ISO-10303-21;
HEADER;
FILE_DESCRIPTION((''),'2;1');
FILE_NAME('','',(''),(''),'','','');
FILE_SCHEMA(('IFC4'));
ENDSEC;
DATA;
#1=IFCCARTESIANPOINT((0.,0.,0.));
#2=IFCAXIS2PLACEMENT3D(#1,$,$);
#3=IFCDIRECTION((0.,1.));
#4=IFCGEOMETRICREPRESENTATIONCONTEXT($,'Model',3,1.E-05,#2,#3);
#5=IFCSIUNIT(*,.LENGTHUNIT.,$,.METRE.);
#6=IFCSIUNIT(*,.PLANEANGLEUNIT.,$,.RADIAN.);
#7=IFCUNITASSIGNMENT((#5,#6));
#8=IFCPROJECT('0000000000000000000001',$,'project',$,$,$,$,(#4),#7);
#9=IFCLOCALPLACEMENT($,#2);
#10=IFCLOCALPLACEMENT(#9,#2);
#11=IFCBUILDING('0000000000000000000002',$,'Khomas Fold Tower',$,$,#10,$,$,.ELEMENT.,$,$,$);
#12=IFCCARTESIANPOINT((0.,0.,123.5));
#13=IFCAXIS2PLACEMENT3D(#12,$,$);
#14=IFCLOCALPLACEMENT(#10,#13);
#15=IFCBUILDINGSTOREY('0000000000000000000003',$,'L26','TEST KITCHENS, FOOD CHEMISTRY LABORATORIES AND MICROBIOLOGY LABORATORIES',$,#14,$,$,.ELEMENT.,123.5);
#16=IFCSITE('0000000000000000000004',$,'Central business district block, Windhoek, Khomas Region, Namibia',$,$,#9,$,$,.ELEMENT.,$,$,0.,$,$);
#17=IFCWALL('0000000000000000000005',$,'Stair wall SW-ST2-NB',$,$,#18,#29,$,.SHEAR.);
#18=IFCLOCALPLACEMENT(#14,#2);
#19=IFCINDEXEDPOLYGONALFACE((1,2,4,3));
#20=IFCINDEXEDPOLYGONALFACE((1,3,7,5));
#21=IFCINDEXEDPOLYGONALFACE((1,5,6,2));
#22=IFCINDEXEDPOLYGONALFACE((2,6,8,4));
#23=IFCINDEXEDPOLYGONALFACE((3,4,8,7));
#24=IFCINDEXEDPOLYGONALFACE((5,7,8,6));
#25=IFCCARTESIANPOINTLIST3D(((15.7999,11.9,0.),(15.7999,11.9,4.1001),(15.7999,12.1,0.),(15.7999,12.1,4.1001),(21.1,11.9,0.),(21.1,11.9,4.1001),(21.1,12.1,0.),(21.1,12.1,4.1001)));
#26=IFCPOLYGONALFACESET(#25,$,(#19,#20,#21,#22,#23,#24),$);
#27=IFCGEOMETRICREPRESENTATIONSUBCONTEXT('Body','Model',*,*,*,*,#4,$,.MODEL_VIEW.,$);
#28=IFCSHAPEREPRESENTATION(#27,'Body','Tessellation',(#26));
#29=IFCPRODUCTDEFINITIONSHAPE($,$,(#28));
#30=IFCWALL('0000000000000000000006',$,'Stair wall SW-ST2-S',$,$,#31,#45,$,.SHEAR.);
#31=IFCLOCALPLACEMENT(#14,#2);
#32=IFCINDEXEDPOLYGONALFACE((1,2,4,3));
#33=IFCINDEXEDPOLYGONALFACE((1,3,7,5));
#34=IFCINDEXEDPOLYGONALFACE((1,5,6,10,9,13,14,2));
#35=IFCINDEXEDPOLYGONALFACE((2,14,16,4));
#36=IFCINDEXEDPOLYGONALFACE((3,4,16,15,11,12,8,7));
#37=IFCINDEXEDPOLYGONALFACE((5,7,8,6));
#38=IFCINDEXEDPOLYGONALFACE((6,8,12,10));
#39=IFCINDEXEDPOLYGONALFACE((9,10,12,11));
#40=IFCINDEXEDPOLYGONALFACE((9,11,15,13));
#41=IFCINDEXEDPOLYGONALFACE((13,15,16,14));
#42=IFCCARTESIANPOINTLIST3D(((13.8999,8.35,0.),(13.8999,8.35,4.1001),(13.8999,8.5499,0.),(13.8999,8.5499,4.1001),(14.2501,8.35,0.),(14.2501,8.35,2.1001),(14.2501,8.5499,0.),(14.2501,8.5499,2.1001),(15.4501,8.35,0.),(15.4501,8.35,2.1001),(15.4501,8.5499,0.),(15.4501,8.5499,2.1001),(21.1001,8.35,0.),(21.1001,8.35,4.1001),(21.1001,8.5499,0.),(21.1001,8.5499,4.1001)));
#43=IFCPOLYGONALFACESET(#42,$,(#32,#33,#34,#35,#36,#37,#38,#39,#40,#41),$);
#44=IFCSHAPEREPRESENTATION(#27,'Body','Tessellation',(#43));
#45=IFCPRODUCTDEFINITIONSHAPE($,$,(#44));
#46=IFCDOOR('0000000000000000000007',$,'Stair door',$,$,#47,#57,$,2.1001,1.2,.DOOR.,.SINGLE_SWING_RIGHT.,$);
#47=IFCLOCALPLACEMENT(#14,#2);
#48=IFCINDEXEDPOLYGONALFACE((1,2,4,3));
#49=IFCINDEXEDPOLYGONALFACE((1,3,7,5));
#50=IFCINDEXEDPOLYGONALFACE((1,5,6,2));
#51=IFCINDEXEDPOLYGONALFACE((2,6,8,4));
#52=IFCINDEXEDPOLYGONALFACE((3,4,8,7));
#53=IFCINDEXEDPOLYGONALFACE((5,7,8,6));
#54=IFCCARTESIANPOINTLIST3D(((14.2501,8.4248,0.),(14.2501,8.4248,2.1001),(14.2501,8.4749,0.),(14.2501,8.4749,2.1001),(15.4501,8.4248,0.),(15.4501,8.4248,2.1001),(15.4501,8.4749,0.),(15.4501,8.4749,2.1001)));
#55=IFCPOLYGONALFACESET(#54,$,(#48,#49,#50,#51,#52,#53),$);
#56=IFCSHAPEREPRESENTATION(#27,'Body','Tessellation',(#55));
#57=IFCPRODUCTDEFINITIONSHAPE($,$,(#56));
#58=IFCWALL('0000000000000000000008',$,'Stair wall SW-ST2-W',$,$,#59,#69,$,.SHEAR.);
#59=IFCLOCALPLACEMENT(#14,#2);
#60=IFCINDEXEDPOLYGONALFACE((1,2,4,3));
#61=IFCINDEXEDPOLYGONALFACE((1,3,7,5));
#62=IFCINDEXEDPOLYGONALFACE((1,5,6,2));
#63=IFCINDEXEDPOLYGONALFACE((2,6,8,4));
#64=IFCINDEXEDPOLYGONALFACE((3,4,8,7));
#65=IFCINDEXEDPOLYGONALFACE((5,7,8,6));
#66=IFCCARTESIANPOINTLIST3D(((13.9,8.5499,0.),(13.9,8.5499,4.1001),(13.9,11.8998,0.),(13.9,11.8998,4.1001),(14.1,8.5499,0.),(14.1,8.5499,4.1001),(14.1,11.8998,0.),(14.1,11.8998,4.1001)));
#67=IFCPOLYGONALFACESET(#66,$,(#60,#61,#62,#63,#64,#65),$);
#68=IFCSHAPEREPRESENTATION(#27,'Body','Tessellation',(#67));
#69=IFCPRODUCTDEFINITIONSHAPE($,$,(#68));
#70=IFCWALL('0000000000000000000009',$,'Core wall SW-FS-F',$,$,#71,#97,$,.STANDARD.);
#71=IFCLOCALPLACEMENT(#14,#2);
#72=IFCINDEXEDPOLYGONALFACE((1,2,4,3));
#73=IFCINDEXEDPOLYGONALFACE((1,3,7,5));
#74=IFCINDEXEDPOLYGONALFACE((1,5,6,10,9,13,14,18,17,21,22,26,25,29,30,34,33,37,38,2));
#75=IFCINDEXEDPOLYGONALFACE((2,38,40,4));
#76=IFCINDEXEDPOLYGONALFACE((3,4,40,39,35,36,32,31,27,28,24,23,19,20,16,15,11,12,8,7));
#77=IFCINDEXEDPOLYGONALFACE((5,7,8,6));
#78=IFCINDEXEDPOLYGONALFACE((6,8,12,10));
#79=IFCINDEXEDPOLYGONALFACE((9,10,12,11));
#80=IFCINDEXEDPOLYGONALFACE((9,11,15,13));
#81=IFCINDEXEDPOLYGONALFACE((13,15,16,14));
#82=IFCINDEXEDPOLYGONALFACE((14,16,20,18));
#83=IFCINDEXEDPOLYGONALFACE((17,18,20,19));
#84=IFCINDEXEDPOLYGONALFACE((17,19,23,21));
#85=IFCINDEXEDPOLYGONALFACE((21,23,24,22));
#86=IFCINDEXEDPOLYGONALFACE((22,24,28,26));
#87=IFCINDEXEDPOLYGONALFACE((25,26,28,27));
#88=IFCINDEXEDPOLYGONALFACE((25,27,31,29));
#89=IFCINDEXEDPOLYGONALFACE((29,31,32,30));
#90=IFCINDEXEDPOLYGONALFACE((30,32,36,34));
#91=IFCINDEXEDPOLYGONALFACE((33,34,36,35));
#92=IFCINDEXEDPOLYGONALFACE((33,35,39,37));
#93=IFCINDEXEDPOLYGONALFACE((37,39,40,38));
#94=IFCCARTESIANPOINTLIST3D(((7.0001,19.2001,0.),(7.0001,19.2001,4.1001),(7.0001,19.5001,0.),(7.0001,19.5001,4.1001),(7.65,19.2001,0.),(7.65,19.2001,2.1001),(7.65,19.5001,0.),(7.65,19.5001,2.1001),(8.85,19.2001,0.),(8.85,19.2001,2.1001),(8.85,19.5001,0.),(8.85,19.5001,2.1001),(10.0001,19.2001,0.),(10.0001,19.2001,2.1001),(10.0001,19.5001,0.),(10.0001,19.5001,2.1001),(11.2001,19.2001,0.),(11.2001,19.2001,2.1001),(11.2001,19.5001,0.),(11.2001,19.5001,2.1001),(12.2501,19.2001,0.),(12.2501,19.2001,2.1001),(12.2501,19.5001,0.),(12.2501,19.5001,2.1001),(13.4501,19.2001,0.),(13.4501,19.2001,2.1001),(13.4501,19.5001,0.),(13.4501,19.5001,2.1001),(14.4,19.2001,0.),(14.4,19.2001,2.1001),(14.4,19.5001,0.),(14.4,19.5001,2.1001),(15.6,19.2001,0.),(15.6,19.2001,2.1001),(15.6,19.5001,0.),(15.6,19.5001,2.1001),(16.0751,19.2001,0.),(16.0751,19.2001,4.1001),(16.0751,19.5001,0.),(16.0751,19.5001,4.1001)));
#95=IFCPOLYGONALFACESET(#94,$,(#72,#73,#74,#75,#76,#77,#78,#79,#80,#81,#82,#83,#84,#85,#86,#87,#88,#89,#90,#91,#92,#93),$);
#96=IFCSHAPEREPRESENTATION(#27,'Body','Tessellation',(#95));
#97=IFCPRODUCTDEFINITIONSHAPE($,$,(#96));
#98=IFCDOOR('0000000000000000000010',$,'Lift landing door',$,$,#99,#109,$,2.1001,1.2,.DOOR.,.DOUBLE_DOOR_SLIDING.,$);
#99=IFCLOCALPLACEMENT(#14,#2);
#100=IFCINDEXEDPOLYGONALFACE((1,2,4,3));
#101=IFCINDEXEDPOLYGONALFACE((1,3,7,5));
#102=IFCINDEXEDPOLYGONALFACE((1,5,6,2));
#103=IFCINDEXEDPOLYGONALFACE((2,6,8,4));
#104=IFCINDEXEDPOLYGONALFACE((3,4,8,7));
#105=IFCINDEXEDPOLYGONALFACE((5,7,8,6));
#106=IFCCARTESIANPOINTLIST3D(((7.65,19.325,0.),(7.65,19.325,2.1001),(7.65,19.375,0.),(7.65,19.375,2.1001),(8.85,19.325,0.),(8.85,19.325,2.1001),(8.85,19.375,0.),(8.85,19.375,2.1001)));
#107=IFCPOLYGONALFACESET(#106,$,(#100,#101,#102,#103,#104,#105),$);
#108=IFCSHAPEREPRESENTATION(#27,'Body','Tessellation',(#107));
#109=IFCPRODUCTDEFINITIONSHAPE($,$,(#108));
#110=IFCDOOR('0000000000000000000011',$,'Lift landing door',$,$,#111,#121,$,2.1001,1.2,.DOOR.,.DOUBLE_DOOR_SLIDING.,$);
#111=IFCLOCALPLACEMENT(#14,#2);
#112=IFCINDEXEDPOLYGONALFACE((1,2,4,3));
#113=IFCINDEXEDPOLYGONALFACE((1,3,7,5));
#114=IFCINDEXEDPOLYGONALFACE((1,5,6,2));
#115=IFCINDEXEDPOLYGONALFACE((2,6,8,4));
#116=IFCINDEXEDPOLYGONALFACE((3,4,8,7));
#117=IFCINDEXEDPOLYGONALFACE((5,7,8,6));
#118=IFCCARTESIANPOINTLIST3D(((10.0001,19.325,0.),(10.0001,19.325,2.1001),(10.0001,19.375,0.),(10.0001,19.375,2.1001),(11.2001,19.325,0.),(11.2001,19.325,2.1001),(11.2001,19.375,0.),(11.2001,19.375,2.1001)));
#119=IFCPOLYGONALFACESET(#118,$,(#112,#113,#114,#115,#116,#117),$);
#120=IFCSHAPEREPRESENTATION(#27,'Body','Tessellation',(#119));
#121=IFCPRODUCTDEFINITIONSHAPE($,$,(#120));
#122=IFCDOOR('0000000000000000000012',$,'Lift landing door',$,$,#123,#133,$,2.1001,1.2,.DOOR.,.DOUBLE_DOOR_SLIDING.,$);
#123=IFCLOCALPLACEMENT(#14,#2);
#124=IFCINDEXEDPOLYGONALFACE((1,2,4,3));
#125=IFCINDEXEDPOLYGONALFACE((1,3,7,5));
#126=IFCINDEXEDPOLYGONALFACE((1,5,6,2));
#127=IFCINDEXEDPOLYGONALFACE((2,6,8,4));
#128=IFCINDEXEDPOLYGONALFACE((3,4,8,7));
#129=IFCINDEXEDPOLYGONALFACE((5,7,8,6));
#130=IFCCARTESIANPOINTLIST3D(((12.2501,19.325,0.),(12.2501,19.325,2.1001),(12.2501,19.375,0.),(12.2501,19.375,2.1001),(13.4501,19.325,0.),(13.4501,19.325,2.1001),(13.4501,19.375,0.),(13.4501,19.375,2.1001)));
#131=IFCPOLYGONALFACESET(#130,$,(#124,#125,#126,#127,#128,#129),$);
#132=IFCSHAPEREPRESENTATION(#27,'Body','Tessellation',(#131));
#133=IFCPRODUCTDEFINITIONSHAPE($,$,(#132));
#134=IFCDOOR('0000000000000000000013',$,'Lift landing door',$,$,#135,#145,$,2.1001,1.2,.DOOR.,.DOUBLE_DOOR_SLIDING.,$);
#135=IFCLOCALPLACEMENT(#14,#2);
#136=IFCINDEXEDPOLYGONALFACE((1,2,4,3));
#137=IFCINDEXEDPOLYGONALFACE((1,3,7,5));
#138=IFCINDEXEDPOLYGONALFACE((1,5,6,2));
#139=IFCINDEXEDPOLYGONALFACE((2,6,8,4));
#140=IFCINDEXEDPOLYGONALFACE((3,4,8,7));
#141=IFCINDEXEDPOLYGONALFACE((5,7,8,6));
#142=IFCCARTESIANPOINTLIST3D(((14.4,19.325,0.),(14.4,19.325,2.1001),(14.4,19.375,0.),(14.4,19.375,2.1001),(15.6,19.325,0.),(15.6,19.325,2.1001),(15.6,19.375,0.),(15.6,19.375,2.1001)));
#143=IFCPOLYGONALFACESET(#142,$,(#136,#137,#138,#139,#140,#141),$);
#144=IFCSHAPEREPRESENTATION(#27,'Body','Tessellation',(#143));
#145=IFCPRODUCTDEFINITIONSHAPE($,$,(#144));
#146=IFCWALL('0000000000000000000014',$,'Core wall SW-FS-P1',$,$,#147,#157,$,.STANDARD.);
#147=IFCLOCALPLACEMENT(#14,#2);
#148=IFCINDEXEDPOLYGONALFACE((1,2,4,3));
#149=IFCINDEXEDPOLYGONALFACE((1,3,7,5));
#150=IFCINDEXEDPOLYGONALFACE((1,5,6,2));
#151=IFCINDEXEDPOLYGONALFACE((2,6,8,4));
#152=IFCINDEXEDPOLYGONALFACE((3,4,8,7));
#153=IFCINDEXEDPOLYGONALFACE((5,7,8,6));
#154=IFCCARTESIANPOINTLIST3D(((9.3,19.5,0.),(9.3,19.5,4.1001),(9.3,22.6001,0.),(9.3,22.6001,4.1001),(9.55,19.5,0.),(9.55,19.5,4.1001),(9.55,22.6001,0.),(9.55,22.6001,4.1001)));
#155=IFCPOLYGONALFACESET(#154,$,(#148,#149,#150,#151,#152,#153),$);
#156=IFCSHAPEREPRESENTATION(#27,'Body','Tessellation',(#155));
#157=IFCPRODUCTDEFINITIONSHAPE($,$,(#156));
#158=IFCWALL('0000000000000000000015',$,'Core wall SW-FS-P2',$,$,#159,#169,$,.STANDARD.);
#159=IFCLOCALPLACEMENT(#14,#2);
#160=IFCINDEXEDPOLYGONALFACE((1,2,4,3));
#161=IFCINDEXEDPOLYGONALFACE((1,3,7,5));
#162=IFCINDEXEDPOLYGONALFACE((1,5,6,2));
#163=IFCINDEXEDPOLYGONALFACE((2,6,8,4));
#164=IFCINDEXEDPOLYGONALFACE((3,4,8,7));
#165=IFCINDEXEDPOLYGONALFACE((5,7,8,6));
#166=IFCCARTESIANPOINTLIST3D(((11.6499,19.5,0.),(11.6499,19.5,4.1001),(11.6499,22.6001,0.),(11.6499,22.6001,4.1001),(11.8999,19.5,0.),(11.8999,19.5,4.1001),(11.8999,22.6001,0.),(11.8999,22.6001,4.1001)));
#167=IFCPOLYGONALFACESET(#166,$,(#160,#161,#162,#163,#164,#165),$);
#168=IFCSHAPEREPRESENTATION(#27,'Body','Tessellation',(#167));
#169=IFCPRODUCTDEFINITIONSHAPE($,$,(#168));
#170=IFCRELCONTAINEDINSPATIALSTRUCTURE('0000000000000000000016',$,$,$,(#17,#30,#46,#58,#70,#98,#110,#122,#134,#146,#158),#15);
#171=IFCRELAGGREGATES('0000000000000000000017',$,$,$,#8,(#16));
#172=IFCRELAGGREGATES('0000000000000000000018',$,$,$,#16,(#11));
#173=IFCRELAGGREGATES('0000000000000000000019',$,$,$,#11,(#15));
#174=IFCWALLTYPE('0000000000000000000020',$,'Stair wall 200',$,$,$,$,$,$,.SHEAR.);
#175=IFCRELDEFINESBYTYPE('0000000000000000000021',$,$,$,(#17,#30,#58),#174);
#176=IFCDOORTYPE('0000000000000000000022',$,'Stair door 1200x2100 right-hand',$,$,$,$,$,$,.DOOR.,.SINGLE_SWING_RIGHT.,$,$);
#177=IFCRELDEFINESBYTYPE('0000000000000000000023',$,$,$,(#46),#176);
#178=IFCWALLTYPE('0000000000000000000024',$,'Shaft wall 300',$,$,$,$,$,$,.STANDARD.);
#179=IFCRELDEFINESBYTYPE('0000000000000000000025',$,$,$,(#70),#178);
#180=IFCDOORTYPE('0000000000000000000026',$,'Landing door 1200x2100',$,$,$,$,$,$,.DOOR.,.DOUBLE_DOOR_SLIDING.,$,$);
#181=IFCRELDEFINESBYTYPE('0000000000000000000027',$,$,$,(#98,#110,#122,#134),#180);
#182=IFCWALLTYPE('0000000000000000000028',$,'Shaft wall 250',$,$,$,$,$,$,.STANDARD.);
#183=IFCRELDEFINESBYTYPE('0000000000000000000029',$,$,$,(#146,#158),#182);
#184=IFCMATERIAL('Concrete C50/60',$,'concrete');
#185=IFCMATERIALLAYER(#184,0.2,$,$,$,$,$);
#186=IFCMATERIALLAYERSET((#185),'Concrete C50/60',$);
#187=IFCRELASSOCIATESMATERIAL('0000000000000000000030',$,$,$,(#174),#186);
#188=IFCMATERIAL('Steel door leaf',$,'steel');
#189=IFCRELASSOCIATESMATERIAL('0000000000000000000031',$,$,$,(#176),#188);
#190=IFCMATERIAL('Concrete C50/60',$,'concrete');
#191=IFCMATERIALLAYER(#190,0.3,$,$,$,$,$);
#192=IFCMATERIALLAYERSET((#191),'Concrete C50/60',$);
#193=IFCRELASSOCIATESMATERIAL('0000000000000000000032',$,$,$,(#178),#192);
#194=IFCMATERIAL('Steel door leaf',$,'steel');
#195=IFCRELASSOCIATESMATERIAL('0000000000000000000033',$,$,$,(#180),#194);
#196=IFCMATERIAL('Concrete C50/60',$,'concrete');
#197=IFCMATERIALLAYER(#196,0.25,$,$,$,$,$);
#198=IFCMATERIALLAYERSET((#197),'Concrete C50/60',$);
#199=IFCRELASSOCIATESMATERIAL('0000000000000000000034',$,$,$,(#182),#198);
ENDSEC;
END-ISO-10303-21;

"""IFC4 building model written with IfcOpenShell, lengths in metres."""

from ifc_helpers import new_model, si_unit, direction, frame, frame_2d, origin, place, context, subcontext, project, spatial, rectangle, extrude, source, transform, mapped, material, layer, layer_set, type_object, element, fill, save


model = new_model("IFC4")

# Units and contexts
model_context = context("Model", 3, precision=1e-05, world=origin(), true_north=direction((0.0, 1.0)))
body_context = subcontext(model_context, "Body", "Model", "MODEL_VIEW")
ifc_project = project(units=[si_unit("LENGTHUNIT", "METRE"), si_unit("PLANEANGLEUNIT", "RADIAN")], contexts=[model_context])

# Site, building, storey
site_placement = place(None, origin())
site = spatial("IfcSite", under=ifc_project, at=site_placement, Name="Central business district block, Windhoek, Khomas Region, Namibia", CompositionType="ELEMENT", RefElevation=0.0)
building_placement = place(site_placement, origin())
building = spatial("IfcBuilding", under=site, at=building_placement, Name="Khomas Fold Tower", CompositionType="ELEMENT")
storey_placement = place(building_placement, frame((0.0, 0.0, 123.5)))
storey = spatial("IfcBuildingStorey", under=building, at=storey_placement, Name="L26", Description="TEST KITCHENS, FOOD CHEMISTRY LABORATORIES AND MICROBIOLOGY LABORATORIES", CompositionType="ELEMENT", Elevation=123.5)

# Wall
ifc_material_1 = material(Name="Concrete C50/60", Category="concrete")
ifc_layer_1 = layer(ifc_material_1, 0.2)
ifc_layer_set_1 = layer_set([ifc_layer_1], Name="Concrete C50/60")
wall_type_1 = type_object("IfcWallType", Name="Stair wall 200", PredefinedType="SHEAR", material=ifc_layer_set_1)
shared_shape_1 = source(origin(), body_context, "Body", "SweptSolid", [
    extrude(rectangle(XDim=5.3, YDim=0.2, at=frame_2d((2.6499, 0.0))), origin(), (0.0, 0.0, 1.0), 4.1001),
])
wall_1_placement = place(storey_placement, frame((15.8, 12.0, 0.0), z_axis=(0.0, 0.0, 1.0), x_axis=(1.0, 0.0, 0.0)))
element("IfcWall", 1, at=wall_1_placement, inside=storey, type_object=wall_type_1, Name="Stair wall SW-ST2-NB", PredefinedType="SHEAR", context=body_context, shape_type="MappedRepresentation", body=[
    mapped(shared_shape_1, transform((0.0, 0.0, 0.0))),
])

# Wall, opening, door
shared_shape_2 = source(origin(), body_context, "Body", "SweptSolid", [
    extrude(rectangle(XDim=7.2002, YDim=0.2, at=frame_2d((3.6001, 0.0))), origin(), (0.0, 0.0, 1.0), 4.1001),
])
wall_2_placement = place(storey_placement, frame((13.8999, 8.45, 0.0), z_axis=(0.0, 0.0, 1.0), x_axis=(1.0, 0.0, 0.0)))
wall_2 = element("IfcWall", 2, at=wall_2_placement, inside=storey, type_object=wall_type_1, Name="Stair wall SW-ST2-S", PredefinedType="SHEAR", context=body_context, shape_type="MappedRepresentation", body=[
    mapped(shared_shape_2, transform((0.0, 0.0, 0.0))),
])
shared_shape_3 = source(origin(), body_context, "Body", "SweptSolid", [
    extrude(rectangle(XDim=1.2, YDim=2.1001, at=frame_2d((0.6001, 1.05))), frame((0.0, 0.1099, 0.0), z_axis=(0.0, -1.0, 0.0), x_axis=(1.0, 0.0, 0.0)), (0.0, 0.0, 1.0), 0.22),
])
opening_1_placement = place(wall_2_placement, frame((0.3501, 0.0, 0.0)))
opening_1 = element("IfcOpeningElement", 3, at=opening_1_placement, cuts=wall_2, PredefinedType="OPENING", context=body_context, shape_type="MappedRepresentation", body=[
    mapped(shared_shape_3, transform((0.0, 0.0, 0.0))),
])
ifc_material_2 = material(Name="Steel door leaf", Category="steel")
door_type_1 = type_object("IfcDoorType", Name="Stair door 1200x2100 right-hand", OperationType="SINGLE_SWING_RIGHT", PredefinedType="DOOR", material=ifc_material_2)
shared_shape_4 = source(origin(), body_context, "Body", "SweptSolid", [
    extrude(rectangle(XDim=1.2, YDim=2.1001, at=frame_2d((0.6001, 1.05))), frame((0.0, 0.0249, 0.0), z_axis=(0.0, -1.0, 0.0), x_axis=(1.0, 0.0, 0.0)), (0.0, 0.0, 1.0), 0.05),
])
door_1_placement = place(opening_1_placement, origin())
door_1 = element("IfcDoor", 4, at=door_1_placement, inside=storey, type_object=door_type_1, Name="Stair door", OperationType="SINGLE_SWING_RIGHT", OverallHeight=2.1001, OverallWidth=1.2, PredefinedType="DOOR", context=body_context, shape_type="MappedRepresentation", body=[
    mapped(shared_shape_4, transform((0.0, 0.0, 0.0))),
])
fill(opening_1, door_1)

# Wall
shared_shape_5 = source(origin(), body_context, "Body", "SweptSolid", [
    extrude(rectangle(XDim=3.3499, YDim=0.2, at=frame_2d((1.6748, 0.0))), origin(), (0.0, 0.0, 1.0), 4.1001),
])
wall_3_placement = place(storey_placement, frame((14.0, 8.55, 0.0), z_axis=(0.0, 0.0, 1.0), x_axis=(0.0, 1.0, 0.0)))
element("IfcWall", 5, at=wall_3_placement, inside=storey, type_object=wall_type_1, Name="Stair wall SW-ST2-W", PredefinedType="SHEAR", context=body_context, shape_type="MappedRepresentation", body=[
    mapped(shared_shape_5, transform((0.0, 0.0, 0.0))),
])

# Wall, openings, doors
ifc_material_3 = material(Name="Concrete C50/60", Category="concrete")
ifc_layer_2 = layer(ifc_material_3, 0.3)
ifc_layer_set_2 = layer_set([ifc_layer_2], Name="Concrete C50/60")
wall_type_2 = type_object("IfcWallType", Name="Shaft wall 300", PredefinedType="STANDARD", material=ifc_layer_set_2)
shared_shape_6 = source(origin(), body_context, "Body", "SweptSolid", [
    extrude(rectangle(XDim=9.075, YDim=0.3, at=frame_2d((4.5376, 0.0))), origin(), (0.0, 0.0, 1.0), 4.1001),
])
wall_4_placement = place(storey_placement, frame((7.0, 19.3501, 0.0), z_axis=(0.0, 0.0, 1.0), x_axis=(1.0, 0.0, 0.0)))
wall_4 = element("IfcWall", 6, at=wall_4_placement, inside=storey, type_object=wall_type_2, Name="Core wall SW-FS-F", PredefinedType="STANDARD", context=body_context, shape_type="MappedRepresentation", body=[
    mapped(shared_shape_6, transform((0.0, 0.0, 0.0))),
])
shared_shape_7 = source(origin(), body_context, "Body", "SweptSolid", [
    extrude(rectangle(XDim=1.2, YDim=2.1001, at=frame_2d((0.6001, 1.05))), frame((0.0, 0.1599, 0.0), z_axis=(0.0, -1.0, 0.0), x_axis=(1.0, 0.0, 0.0)), (0.0, 0.0, 1.0), 0.3201),
])
opening_2_placement = place(wall_4_placement, frame((0.6499, 0.0, 0.0)))
opening_2 = element("IfcOpeningElement", 7, at=opening_2_placement, cuts=wall_4, PredefinedType="OPENING", context=body_context, shape_type="MappedRepresentation", body=[
    mapped(shared_shape_7, transform((0.0, 0.0, 0.0))),
])
opening_3_placement = place(wall_4_placement, frame((3.0, 0.0, 0.0)))
opening_3 = element("IfcOpeningElement", 8, at=opening_3_placement, cuts=wall_4, PredefinedType="OPENING", context=body_context, shape_type="MappedRepresentation", body=[
    mapped(shared_shape_7, transform((0.0, 0.0, 0.0))),
])
opening_4_placement = place(wall_4_placement, frame((5.25, 0.0, 0.0)))
opening_4 = element("IfcOpeningElement", 9, at=opening_4_placement, cuts=wall_4, PredefinedType="OPENING", context=body_context, shape_type="MappedRepresentation", body=[
    mapped(shared_shape_7, transform((0.0, 0.0, 0.0))),
])
opening_5_placement = place(wall_4_placement, frame((7.3999, 0.0, 0.0)))
opening_5 = element("IfcOpeningElement", 10, at=opening_5_placement, cuts=wall_4, PredefinedType="OPENING", context=body_context, shape_type="MappedRepresentation", body=[
    mapped(shared_shape_7, transform((0.0, 0.0, 0.0))),
])
ifc_material_4 = material(Name="Steel door leaf", Category="steel")
door_type_2 = type_object("IfcDoorType", Name="Landing door 1200x2100", OperationType="DOUBLE_DOOR_SLIDING", PredefinedType="DOOR", material=ifc_material_4)
door_2_placement = place(opening_2_placement, origin())
door_2 = element("IfcDoor", 11, at=door_2_placement, inside=storey, type_object=door_type_2, Name="Lift landing door", OperationType="DOUBLE_DOOR_SLIDING", OverallHeight=2.1001, OverallWidth=1.2, PredefinedType="DOOR", context=body_context, shape_type="MappedRepresentation", body=[
    mapped(shared_shape_4, transform((0.0, 0.0, 0.0))),
])
fill(opening_2, door_2)
door_3_placement = place(opening_3_placement, origin())
door_3 = element("IfcDoor", 12, at=door_3_placement, inside=storey, type_object=door_type_2, Name="Lift landing door", OperationType="DOUBLE_DOOR_SLIDING", OverallHeight=2.1001, OverallWidth=1.2, PredefinedType="DOOR", context=body_context, shape_type="MappedRepresentation", body=[
    mapped(shared_shape_4, transform((0.0, 0.0, 0.0))),
])
fill(opening_3, door_3)
door_4_placement = place(opening_4_placement, origin())
door_4 = element("IfcDoor", 13, at=door_4_placement, inside=storey, type_object=door_type_2, Name="Lift landing door", OperationType="DOUBLE_DOOR_SLIDING", OverallHeight=2.1001, OverallWidth=1.2, PredefinedType="DOOR", context=body_context, shape_type="MappedRepresentation", body=[
    mapped(shared_shape_4, transform((0.0, 0.0, 0.0))),
])
fill(opening_4, door_4)
door_5_placement = place(opening_5_placement, origin())
door_5 = element("IfcDoor", 14, at=door_5_placement, inside=storey, type_object=door_type_2, Name="Lift landing door", OperationType="DOUBLE_DOOR_SLIDING", OverallHeight=2.1001, OverallWidth=1.2, PredefinedType="DOOR", context=body_context, shape_type="MappedRepresentation", body=[
    mapped(shared_shape_4, transform((0.0, 0.0, 0.0))),
])
fill(opening_5, door_5)

# Walls
ifc_material_5 = material(Name="Concrete C50/60", Category="concrete")
ifc_layer_3 = layer(ifc_material_5, 0.25)
ifc_layer_set_3 = layer_set([ifc_layer_3], Name="Concrete C50/60")
wall_type_3 = type_object("IfcWallType", Name="Shaft wall 250", PredefinedType="STANDARD", material=ifc_layer_set_3)
shared_shape_8 = source(origin(), body_context, "Body", "SweptSolid", [
    extrude(rectangle(XDim=3.1001, YDim=0.25, at=frame_2d((1.55, 0.0))), origin(), (0.0, 0.0, 1.0), 4.1001),
])
for number, where, z_axis, x_axis, name in (
    (15, (9.425, 19.5, 0.0), (0.0, 0.0, 1.0), (0.0, 1.0, 0.0), "Core wall SW-FS-P1"),
    (16, (11.7749, 19.5, 0.0), (0.0, 0.0, 1.0), (0.0, 1.0, 0.0), "Core wall SW-FS-P2"),
):
    element("IfcWall", number, at=place(storey_placement, frame(where, z_axis=z_axis, x_axis=x_axis)), inside=storey, type_object=wall_type_3, Name=name, PredefinedType="STANDARD", context=body_context, shape_type="MappedRepresentation", body=[
        mapped(shared_shape_8, transform((0.0, 0.0, 0.0))),
    ])

save(model, "model.ifc")
